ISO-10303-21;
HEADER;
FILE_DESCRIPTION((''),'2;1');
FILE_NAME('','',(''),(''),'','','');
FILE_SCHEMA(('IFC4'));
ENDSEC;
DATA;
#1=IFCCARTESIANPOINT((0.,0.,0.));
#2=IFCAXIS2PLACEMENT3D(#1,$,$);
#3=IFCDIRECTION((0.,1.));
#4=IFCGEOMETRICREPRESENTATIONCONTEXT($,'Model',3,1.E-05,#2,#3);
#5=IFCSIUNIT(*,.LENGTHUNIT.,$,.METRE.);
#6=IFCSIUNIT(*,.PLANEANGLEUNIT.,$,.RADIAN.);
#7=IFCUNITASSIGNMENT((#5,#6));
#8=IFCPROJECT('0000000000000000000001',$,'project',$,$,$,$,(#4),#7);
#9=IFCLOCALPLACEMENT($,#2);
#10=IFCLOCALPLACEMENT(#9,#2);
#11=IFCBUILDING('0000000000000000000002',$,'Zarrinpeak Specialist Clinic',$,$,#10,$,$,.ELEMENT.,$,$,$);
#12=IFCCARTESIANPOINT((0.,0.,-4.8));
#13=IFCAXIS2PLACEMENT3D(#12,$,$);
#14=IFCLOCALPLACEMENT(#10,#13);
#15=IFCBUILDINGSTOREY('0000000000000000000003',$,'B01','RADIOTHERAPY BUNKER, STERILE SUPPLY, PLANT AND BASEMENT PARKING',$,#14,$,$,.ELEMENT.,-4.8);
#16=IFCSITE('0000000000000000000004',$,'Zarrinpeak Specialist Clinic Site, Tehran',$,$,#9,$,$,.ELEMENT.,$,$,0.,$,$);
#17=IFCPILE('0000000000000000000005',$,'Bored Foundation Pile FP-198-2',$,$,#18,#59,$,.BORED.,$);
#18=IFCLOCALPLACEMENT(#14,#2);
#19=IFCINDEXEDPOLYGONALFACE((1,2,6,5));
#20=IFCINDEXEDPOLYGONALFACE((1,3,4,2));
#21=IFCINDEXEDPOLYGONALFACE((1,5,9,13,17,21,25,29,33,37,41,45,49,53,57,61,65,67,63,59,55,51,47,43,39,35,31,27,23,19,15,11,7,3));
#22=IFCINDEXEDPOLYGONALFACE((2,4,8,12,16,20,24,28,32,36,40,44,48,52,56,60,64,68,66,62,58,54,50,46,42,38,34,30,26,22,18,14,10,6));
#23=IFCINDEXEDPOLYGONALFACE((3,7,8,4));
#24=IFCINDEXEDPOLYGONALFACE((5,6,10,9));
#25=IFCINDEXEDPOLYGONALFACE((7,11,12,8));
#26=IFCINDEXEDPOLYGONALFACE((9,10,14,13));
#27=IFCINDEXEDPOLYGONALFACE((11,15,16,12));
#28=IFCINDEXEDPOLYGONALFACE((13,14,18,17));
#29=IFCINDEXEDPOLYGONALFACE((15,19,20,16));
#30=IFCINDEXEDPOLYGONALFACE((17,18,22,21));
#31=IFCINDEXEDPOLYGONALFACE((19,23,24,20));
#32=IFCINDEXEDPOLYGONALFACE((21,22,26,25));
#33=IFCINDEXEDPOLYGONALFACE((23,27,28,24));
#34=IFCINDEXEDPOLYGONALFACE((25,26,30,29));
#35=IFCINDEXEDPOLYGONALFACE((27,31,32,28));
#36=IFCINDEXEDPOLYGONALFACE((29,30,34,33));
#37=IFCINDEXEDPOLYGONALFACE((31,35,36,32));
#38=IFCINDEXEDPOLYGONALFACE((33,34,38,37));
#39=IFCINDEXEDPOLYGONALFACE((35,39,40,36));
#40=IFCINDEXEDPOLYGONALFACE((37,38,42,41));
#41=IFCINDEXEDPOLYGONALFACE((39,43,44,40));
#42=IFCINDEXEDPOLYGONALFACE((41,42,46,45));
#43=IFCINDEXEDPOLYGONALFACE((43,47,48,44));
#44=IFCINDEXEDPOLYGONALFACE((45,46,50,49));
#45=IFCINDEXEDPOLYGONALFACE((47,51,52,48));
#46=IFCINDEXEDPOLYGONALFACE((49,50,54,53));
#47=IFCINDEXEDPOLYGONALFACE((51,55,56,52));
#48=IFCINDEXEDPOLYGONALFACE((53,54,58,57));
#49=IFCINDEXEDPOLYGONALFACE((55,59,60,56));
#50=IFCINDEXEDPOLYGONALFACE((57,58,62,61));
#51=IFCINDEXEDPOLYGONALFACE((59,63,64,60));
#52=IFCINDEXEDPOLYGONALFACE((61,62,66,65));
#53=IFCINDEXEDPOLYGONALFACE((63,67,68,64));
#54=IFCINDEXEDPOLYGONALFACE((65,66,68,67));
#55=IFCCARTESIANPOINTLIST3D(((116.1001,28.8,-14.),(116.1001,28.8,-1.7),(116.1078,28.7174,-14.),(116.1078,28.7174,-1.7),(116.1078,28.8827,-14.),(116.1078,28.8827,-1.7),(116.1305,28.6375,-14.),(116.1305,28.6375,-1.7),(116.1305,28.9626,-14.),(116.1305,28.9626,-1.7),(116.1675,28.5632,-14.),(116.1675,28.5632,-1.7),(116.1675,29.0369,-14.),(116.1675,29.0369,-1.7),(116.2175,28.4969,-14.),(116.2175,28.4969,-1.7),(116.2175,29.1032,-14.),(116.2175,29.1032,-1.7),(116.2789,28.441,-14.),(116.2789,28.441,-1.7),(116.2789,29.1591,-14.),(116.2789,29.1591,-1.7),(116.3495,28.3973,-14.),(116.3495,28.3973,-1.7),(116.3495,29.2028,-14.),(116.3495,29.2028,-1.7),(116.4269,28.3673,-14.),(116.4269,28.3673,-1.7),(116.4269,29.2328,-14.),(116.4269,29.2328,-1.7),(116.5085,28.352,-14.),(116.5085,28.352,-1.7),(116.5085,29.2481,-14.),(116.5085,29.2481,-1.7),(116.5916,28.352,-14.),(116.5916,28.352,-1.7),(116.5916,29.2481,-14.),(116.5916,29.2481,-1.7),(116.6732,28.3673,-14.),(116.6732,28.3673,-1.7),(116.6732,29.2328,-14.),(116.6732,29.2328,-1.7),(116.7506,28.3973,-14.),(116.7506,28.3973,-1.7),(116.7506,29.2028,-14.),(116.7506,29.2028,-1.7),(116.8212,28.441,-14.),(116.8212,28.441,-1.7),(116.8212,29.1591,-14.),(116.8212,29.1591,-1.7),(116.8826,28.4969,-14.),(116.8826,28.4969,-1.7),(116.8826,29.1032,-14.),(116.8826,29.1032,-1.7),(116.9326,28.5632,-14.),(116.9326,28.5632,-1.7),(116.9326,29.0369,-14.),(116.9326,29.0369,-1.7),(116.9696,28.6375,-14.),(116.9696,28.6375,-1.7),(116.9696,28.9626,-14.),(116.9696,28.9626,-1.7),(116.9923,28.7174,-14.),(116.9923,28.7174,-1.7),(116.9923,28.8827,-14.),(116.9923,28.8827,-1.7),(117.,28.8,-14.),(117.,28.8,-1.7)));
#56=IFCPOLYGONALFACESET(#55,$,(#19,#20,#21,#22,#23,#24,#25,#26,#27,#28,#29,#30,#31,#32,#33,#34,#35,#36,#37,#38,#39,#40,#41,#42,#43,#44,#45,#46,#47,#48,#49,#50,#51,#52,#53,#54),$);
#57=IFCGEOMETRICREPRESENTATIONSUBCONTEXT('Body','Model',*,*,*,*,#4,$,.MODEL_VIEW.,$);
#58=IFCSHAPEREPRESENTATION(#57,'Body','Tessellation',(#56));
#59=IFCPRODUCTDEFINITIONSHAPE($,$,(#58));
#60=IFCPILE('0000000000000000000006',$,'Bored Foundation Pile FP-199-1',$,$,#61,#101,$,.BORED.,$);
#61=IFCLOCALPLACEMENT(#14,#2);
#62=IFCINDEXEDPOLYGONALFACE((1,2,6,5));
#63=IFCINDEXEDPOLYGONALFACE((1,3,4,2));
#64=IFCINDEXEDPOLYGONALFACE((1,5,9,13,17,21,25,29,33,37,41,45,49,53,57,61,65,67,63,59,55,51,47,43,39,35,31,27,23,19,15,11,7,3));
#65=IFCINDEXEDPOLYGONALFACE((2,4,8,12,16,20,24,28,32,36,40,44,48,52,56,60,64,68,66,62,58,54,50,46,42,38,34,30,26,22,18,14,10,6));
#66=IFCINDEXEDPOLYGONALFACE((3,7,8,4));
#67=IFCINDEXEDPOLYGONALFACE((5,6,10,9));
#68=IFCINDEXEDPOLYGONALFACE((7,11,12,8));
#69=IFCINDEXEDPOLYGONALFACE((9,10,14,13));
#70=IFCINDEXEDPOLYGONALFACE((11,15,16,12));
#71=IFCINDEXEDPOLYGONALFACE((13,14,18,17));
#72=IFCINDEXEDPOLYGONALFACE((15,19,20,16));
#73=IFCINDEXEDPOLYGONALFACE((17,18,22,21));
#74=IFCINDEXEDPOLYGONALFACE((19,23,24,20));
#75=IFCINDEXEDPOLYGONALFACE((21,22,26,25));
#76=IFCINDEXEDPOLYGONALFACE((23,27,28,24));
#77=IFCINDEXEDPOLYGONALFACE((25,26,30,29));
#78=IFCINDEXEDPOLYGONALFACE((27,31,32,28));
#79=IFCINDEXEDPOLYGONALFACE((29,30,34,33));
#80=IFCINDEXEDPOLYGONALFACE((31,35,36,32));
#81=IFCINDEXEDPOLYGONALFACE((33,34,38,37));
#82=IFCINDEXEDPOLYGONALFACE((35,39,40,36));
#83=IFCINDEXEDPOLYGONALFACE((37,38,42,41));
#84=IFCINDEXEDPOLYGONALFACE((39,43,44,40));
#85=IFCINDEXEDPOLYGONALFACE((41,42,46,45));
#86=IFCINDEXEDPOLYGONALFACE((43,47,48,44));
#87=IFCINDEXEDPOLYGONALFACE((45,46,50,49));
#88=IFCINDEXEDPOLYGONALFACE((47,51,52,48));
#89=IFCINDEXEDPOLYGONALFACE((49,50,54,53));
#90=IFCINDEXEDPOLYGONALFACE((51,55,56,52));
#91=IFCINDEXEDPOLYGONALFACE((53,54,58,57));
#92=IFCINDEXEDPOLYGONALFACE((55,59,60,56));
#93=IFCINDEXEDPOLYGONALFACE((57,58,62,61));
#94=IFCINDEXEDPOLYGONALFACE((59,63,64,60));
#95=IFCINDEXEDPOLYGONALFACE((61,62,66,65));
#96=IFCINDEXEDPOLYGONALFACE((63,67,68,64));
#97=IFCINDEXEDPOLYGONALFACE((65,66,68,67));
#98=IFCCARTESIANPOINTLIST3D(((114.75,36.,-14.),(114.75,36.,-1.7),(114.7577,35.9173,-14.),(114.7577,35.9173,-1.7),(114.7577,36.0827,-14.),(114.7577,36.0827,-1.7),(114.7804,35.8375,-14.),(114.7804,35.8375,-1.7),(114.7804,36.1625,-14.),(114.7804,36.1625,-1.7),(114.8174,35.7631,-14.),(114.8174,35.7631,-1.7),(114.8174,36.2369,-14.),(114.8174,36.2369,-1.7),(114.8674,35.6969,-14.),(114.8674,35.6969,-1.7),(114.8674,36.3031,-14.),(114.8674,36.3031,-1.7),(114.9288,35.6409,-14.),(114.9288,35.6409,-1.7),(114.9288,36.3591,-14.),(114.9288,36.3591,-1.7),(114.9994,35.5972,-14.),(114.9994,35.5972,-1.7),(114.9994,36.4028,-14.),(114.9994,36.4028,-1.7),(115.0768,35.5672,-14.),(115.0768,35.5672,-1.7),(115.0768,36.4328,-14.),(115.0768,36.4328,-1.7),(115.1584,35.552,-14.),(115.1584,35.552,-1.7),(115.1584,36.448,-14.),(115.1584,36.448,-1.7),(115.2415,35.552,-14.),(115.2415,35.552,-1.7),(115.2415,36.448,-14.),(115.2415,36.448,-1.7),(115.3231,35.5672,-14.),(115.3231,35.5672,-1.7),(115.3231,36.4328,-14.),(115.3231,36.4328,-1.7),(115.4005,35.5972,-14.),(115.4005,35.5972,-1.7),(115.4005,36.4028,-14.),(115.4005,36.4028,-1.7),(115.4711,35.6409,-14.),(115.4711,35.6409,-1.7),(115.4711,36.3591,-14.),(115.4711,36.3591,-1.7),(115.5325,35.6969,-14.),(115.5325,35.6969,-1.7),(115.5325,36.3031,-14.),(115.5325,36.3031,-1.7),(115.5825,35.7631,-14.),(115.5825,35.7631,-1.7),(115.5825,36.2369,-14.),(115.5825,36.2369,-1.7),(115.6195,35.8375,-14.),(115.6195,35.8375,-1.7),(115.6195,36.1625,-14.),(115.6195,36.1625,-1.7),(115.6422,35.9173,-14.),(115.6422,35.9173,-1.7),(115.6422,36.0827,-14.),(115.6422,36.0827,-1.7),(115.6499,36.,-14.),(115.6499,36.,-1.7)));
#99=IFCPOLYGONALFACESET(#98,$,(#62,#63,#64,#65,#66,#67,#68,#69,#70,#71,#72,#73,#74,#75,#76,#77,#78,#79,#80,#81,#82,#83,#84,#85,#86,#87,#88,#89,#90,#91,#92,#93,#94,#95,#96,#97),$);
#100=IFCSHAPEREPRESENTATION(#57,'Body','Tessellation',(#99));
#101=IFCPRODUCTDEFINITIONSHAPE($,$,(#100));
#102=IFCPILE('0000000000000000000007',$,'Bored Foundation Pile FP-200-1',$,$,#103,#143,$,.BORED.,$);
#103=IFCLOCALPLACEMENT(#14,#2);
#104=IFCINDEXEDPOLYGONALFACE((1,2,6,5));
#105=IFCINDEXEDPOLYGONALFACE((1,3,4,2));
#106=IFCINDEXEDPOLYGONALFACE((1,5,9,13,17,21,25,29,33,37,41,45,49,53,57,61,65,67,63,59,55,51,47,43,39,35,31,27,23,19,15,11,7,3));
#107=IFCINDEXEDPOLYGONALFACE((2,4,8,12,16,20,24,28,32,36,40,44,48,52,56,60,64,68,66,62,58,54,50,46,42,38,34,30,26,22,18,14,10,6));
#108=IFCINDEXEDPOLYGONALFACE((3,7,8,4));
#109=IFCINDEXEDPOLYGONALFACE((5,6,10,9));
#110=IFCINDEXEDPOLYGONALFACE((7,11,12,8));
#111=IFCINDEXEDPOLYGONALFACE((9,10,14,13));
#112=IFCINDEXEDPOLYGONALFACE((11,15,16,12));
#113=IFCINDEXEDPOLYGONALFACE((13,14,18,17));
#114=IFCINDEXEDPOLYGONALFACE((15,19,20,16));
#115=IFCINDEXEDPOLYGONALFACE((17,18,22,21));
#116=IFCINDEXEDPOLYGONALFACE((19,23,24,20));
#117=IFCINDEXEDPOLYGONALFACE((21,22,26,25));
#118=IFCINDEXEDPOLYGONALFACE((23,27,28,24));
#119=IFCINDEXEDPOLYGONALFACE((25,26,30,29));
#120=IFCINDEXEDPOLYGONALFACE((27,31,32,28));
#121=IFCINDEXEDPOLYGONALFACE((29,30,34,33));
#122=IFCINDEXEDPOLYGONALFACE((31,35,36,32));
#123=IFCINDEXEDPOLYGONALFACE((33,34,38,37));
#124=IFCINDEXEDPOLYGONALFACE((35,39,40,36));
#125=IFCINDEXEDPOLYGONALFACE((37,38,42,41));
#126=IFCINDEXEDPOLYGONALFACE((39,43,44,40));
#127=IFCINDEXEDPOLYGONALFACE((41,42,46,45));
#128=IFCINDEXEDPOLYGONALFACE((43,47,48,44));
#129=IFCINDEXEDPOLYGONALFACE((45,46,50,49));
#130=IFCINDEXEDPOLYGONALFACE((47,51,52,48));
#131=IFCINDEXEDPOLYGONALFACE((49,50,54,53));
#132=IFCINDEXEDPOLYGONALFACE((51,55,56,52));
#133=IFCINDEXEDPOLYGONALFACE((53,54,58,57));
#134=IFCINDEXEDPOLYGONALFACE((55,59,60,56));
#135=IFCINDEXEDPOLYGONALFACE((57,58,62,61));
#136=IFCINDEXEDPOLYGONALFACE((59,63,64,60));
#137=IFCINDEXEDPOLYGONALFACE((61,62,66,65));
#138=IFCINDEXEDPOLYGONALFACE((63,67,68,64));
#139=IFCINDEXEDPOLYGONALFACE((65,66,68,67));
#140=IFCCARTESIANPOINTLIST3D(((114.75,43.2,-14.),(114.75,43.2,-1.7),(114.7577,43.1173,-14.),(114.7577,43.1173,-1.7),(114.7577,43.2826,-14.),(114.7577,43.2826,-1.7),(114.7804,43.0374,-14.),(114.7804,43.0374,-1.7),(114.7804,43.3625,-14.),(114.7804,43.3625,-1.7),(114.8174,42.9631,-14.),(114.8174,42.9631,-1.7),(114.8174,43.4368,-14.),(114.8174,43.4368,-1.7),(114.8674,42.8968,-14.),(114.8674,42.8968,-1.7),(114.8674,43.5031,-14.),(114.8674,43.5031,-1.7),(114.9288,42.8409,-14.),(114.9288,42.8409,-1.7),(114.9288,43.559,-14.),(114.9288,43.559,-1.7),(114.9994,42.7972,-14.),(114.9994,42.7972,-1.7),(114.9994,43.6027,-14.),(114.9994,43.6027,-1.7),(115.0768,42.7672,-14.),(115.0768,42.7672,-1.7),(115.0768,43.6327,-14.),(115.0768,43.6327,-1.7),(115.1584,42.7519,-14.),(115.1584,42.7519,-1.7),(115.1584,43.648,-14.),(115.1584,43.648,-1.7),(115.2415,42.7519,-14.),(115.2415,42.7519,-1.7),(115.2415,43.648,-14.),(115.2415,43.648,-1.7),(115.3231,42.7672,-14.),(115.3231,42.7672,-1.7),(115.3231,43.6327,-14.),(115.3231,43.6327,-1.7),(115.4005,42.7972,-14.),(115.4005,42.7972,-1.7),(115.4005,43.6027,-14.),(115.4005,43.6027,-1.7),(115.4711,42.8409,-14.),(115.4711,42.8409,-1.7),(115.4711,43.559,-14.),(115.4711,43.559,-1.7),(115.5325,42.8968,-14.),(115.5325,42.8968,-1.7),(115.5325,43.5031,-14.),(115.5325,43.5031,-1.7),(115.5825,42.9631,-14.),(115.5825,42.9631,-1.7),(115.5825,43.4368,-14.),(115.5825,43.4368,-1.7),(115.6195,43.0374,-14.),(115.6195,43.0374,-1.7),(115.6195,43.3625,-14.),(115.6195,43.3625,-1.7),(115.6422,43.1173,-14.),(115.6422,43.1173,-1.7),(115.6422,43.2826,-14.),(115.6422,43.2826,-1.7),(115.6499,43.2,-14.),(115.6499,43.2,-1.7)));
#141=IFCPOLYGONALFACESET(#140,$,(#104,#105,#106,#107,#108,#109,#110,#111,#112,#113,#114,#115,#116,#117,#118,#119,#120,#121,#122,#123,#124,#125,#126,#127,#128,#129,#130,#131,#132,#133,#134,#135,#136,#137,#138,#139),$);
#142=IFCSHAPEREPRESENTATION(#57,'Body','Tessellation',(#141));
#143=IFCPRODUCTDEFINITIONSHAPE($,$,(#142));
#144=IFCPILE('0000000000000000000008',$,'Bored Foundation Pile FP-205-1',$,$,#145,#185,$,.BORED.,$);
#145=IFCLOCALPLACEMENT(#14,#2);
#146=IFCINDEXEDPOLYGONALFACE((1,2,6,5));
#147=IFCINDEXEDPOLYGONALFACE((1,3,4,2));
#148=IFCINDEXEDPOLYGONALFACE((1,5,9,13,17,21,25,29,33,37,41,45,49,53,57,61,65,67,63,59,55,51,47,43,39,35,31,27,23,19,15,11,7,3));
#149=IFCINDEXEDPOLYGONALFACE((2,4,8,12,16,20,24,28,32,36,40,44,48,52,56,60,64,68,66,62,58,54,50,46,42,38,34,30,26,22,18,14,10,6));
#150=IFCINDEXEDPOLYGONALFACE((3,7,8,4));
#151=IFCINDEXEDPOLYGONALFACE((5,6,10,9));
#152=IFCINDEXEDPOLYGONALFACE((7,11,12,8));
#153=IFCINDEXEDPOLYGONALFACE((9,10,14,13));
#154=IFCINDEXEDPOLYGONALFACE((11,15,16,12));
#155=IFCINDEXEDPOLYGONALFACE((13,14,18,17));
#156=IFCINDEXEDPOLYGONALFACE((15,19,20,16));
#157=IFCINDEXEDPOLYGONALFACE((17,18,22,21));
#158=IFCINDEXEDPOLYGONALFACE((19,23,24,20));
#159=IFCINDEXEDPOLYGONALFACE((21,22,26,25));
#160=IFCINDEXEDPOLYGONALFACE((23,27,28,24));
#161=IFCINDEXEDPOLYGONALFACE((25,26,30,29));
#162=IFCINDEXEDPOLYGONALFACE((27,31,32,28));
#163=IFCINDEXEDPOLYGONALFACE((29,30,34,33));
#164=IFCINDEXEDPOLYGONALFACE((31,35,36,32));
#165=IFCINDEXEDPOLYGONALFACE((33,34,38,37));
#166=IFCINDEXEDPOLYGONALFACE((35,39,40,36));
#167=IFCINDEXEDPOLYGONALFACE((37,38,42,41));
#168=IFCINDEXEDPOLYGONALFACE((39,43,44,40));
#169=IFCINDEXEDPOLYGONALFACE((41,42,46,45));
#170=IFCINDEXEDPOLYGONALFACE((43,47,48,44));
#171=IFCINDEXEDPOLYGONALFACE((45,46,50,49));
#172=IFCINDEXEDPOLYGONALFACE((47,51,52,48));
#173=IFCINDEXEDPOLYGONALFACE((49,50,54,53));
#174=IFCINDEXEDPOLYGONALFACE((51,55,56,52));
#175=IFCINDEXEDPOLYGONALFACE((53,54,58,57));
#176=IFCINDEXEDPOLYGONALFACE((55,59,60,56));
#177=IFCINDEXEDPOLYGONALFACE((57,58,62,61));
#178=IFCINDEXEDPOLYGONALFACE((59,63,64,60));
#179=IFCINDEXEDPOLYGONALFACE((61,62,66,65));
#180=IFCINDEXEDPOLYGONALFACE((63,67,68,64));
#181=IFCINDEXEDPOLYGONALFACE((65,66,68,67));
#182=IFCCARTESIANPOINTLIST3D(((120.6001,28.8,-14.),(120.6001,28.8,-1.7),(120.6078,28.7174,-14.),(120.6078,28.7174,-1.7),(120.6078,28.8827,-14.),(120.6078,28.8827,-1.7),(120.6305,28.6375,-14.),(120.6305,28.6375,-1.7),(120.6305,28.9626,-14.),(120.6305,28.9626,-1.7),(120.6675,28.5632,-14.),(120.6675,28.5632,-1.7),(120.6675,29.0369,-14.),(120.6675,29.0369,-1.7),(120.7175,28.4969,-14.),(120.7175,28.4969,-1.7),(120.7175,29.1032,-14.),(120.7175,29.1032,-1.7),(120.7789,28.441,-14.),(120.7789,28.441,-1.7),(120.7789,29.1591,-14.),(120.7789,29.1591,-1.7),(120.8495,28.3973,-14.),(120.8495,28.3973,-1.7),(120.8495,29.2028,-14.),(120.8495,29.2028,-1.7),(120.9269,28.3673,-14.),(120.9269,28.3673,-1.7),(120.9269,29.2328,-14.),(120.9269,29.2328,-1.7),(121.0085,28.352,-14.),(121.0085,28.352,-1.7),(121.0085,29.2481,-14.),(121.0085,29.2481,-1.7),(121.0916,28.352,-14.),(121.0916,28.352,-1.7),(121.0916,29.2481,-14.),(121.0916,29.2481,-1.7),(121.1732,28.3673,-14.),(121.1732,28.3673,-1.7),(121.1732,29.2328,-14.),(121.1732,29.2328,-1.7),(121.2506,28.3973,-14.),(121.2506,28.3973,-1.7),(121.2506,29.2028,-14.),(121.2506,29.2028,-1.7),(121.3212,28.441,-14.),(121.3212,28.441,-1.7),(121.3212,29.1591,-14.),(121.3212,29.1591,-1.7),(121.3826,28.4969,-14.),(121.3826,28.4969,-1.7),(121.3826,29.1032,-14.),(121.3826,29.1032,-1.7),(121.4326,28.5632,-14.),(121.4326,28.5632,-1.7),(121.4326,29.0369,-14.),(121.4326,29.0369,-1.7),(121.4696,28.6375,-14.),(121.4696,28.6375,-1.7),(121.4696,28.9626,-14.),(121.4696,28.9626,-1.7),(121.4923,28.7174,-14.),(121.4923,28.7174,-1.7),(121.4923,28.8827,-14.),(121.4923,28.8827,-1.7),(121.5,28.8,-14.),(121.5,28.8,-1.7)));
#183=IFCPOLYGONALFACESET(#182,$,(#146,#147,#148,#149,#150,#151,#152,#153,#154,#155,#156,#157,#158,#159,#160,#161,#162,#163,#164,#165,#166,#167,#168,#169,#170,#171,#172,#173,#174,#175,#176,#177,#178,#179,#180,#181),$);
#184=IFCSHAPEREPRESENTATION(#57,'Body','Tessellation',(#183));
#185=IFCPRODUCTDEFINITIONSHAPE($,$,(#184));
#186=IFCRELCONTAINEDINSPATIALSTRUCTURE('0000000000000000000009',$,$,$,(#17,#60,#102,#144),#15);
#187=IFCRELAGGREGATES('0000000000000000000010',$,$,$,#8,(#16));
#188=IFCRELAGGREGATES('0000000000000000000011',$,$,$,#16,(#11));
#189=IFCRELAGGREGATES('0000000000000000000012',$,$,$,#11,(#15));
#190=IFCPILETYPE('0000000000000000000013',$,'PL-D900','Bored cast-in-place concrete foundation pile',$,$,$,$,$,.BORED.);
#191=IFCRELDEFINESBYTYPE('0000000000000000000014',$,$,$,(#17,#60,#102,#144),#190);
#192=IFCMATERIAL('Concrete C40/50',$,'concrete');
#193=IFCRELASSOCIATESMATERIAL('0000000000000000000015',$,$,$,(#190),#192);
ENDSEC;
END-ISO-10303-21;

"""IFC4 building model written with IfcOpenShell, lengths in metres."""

from ifc_helpers import new_model, si_unit, direction, frame, origin, origin_2d, place, context, subcontext, project, spatial, circle, extrude, material, material_profile, profile_set, type_object, element, save


model = new_model("IFC4")

# Units and contexts
model_context = context("Model", 3, precision=1e-05, world=origin(), true_north=direction((0.0, 1.0)))
body_context = subcontext(model_context, "Body", "Model", "MODEL_VIEW")
ifc_project = project(units=[si_unit("LENGTHUNIT", "METRE"), si_unit("PLANEANGLEUNIT", "RADIAN")], contexts=[model_context])

# Site, building, storey
site_placement = place(None, origin())
site = spatial("IfcSite", under=ifc_project, at=site_placement, Name="Zarrinpeak Specialist Clinic Site, Tehran", CompositionType="ELEMENT", RefElevation=0.0)
building_placement = place(site_placement, origin())
building = spatial("IfcBuilding", under=site, at=building_placement, Name="Zarrinpeak Specialist Clinic", CompositionType="ELEMENT")
storey_placement = place(building_placement, frame((0.0, 0.0, -4.8)))
storey = spatial("IfcBuildingStorey", under=building, at=storey_placement, Name="B01", Description="RADIOTHERAPY BUNKER, STERILE SUPPLY, PLANT AND BASEMENT PARKING", CompositionType="ELEMENT", Elevation=-4.8)

# Shared definitions
ifc_material_1 = material(Name="Concrete C40/50", Category="concrete")

# Piles
ifc_material_profile_1 = material_profile(ifc_material_1, circle(Radius=0.45, at=origin_2d()), Name="BORED PILE D900")
ifc_profile_set_1 = profile_set([ifc_material_profile_1], Name="Concrete C40/50")
pile_type = type_object("IfcPileType", Name="PL-D900", Description="Bored cast-in-place concrete foundation pile", PredefinedType="BORED", material=ifc_profile_set_1)
for number, where, z_axis, x_axis, name in (
    (1, (116.55, 28.8, -1.7), (0.0, 0.0, -1.0), (1.0, 0.0, 0.0), "Bored Foundation Pile FP-198-2"),
    (2, (115.2, 36.0, -1.7), (0.0, 0.0, -1.0), (1.0, 0.0, 0.0), "Bored Foundation Pile FP-199-1"),
    (3, (115.2, 43.2, -1.7), (0.0, 0.0, -1.0), (1.0, 0.0, 0.0), "Bored Foundation Pile FP-200-1"),
    (4, (121.05, 28.8, -1.7), (0.0, 0.0, -1.0), (1.0, 0.0, 0.0), "Bored Foundation Pile FP-205-1"),
):
    element("IfcPile", number, at=place(storey_placement, frame(where, z_axis=z_axis, x_axis=x_axis)), inside=storey, type_object=pile_type, Name=name, PredefinedType="BORED", context=body_context, shape_type="SweptSolid", body=[
        extrude(circle(Radius=0.45, at=origin_2d()), origin(), (0.0, 0.0, 1.0), 12.3),
    ])

save(model, "model.ifc")
